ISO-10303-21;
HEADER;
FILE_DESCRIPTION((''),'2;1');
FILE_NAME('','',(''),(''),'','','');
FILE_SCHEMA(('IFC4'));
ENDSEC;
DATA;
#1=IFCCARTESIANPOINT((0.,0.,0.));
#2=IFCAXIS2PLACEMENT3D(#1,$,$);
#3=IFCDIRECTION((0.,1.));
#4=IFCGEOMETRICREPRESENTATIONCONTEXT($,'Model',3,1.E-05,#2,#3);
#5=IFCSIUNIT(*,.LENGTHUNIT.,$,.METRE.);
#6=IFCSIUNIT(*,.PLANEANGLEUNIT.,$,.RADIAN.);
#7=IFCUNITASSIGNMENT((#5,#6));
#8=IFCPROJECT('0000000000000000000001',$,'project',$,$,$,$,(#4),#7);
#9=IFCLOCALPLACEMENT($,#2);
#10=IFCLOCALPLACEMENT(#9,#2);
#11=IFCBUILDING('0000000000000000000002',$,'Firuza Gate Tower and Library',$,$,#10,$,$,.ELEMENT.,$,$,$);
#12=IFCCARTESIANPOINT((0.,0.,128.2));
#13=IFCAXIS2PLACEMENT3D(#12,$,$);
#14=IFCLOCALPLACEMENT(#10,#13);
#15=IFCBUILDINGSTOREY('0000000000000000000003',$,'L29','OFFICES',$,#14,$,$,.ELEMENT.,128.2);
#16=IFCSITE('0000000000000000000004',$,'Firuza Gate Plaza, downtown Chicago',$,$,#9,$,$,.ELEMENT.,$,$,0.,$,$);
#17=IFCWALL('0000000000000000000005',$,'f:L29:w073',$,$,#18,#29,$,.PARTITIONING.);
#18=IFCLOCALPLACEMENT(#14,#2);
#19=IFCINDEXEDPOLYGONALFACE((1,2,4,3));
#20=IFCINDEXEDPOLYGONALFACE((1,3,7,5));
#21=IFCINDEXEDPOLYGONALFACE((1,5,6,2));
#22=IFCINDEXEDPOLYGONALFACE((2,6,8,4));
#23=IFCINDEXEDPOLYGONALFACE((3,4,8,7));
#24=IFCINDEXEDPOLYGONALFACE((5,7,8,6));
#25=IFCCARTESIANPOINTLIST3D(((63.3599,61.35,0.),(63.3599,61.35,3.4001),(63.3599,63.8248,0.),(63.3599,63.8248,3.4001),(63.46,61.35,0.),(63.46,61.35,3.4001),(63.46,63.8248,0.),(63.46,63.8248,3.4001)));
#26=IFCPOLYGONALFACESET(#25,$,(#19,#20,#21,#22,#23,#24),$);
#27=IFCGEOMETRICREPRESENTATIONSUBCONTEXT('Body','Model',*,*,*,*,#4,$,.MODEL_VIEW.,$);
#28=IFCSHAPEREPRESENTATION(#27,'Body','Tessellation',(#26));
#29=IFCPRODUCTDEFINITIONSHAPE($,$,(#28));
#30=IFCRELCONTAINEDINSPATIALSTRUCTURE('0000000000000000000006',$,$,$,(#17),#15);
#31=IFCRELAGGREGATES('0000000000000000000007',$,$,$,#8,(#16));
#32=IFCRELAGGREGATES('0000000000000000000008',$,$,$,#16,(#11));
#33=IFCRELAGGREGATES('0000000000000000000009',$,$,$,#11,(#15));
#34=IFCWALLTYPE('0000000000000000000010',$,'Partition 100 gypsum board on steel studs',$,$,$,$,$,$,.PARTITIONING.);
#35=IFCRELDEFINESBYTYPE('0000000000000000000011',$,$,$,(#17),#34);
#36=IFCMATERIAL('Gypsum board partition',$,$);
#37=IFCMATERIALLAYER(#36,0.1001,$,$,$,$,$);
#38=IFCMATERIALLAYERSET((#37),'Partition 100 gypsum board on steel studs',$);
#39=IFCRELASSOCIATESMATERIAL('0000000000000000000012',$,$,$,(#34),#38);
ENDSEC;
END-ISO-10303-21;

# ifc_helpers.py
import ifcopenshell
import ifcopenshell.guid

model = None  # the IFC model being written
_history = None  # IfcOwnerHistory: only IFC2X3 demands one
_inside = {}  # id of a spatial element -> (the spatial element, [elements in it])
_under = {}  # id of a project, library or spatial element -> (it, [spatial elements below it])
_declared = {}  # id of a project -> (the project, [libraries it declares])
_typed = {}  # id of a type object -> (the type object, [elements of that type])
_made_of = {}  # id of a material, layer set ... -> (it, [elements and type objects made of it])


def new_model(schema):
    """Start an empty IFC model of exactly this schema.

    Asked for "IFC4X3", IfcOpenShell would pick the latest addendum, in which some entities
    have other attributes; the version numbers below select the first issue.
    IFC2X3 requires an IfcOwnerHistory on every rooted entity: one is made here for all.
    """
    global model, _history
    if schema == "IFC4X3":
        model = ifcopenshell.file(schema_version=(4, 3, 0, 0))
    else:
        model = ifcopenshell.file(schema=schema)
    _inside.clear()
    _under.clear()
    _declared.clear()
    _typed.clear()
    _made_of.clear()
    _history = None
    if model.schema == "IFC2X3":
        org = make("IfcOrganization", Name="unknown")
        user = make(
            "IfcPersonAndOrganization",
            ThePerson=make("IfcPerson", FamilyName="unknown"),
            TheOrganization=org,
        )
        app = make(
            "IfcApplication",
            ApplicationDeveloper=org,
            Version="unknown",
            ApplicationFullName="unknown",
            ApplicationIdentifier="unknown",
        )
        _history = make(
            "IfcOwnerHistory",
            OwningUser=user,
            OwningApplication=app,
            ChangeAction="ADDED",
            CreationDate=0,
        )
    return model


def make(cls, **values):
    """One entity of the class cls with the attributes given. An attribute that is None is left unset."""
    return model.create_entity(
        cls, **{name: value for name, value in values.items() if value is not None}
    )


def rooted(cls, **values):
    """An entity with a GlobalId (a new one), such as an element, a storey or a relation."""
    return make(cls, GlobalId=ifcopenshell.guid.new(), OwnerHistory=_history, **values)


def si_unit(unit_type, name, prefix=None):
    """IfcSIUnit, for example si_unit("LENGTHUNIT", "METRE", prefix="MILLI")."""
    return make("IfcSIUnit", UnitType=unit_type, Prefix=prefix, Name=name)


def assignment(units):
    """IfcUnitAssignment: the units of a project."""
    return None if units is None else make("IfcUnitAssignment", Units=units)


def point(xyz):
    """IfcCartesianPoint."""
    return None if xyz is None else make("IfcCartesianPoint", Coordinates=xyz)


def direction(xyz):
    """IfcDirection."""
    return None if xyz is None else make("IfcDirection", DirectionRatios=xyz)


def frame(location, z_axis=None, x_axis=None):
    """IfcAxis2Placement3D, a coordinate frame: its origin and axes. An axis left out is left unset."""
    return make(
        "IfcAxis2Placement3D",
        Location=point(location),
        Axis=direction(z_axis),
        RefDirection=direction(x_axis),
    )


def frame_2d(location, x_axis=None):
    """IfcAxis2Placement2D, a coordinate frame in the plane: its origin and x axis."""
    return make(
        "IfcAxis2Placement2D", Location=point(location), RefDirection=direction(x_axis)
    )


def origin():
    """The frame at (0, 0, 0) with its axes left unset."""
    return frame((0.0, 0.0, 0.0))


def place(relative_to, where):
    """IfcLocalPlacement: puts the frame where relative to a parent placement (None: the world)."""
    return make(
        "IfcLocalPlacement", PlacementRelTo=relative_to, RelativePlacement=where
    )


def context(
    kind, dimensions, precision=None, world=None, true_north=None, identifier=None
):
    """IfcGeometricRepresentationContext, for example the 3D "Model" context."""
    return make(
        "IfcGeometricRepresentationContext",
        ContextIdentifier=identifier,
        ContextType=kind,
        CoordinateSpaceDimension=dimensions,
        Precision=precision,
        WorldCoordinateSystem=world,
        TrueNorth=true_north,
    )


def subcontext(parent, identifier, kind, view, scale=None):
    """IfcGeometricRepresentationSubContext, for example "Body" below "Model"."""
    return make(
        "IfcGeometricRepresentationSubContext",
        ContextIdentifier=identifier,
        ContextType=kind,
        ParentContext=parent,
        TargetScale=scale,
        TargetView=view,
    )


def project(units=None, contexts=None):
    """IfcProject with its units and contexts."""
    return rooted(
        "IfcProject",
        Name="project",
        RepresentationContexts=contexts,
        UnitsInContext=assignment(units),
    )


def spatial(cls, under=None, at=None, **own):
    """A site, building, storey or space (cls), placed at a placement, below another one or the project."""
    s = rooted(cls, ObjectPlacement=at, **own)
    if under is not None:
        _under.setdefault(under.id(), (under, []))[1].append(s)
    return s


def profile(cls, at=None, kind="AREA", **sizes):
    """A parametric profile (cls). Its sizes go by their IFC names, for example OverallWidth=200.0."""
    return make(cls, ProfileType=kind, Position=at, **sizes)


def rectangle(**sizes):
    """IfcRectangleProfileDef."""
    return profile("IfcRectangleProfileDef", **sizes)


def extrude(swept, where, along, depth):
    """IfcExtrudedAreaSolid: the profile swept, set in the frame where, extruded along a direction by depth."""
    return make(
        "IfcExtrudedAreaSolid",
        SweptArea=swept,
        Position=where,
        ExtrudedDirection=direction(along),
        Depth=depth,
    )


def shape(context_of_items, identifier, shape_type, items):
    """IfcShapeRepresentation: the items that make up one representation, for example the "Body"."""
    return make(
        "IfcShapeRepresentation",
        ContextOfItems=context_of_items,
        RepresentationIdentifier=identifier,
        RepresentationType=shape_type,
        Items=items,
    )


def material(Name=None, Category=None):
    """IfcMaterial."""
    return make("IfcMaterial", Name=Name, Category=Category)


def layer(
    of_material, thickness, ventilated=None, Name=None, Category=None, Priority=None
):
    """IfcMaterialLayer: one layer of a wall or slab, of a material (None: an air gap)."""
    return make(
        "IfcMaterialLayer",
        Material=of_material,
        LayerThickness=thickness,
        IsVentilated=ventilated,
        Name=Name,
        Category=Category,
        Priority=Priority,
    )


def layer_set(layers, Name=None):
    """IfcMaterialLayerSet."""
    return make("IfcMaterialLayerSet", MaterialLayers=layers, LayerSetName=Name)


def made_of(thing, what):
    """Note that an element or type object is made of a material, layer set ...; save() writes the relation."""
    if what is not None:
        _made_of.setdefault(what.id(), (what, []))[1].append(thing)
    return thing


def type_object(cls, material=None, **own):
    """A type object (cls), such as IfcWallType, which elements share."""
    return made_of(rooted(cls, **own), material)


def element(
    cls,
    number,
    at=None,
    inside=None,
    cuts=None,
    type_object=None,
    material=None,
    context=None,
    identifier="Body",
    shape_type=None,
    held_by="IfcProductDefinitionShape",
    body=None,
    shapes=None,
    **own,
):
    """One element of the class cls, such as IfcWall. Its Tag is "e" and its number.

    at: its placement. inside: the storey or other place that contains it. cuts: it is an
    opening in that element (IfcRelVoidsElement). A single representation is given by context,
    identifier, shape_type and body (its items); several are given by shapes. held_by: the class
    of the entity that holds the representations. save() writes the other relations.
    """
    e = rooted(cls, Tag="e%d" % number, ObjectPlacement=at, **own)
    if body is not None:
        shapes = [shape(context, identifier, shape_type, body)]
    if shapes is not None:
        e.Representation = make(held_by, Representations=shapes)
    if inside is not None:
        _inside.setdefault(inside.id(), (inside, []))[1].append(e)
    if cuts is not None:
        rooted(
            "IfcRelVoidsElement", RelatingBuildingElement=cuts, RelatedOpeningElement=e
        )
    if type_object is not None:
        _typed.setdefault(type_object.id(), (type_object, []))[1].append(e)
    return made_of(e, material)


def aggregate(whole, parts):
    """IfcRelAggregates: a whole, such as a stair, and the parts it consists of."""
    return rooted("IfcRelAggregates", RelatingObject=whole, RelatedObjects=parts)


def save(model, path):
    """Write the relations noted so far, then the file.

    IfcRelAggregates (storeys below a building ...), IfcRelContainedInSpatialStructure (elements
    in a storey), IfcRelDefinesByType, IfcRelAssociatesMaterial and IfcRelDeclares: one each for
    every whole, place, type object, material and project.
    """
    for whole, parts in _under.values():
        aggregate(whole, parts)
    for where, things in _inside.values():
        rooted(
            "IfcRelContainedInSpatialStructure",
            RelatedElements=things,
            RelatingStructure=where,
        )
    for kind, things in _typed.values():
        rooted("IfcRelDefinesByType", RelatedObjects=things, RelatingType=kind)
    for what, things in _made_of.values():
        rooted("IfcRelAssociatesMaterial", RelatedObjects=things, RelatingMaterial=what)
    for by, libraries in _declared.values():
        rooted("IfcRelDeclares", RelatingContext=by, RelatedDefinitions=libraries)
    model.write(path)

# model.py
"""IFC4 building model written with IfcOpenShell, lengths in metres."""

from ifc_helpers import new_model, si_unit, direction, frame, frame_2d, origin, place, context, subcontext, project, spatial, rectangle, extrude, material, layer, layer_set, type_object, element, save


model = new_model("IFC4")

# Units and contexts
model_context = context("Model", 3, precision=1e-05, world=origin(), true_north=direction((0.0, 1.0)))
body_context = subcontext(model_context, "Body", "Model", "MODEL_VIEW")
ifc_project = project(units=[si_unit("LENGTHUNIT", "METRE"), si_unit("PLANEANGLEUNIT", "RADIAN")], contexts=[model_context])

# Site, building, storey
site_placement = place(None, origin())
site = spatial("IfcSite", under=ifc_project, at=site_placement, Name="Firuza Gate Plaza, downtown Chicago", CompositionType="ELEMENT", RefElevation=0.0)
building_placement = place(site_placement, origin())
building = spatial("IfcBuilding", under=site, at=building_placement, Name="Firuza Gate Tower and Library", CompositionType="ELEMENT")
storey_placement = place(building_placement, frame((0.0, 0.0, 128.2)))
storey = spatial("IfcBuildingStorey", under=building, at=storey_placement, Name="L29", Description="OFFICES", CompositionType="ELEMENT", Elevation=128.2)

# Shared definitions
ifc_material_1 = material(Name="Gypsum board partition")
ifc_layer_1 = layer(ifc_material_1, 0.1001)
ifc_layer_set_1 = layer_set([ifc_layer_1], Name="Partition 100 gypsum board on steel studs")
wall_type_1 = type_object("IfcWallType", Name="Partition 100 gypsum board on steel studs", PredefinedType="PARTITIONING", material=ifc_layer_set_1)

# Wall
wall_1_placement = place(storey_placement, frame((63.4099, 61.3501, 0.0), z_axis=(0.0, 0.0, 1.0), x_axis=(0.0, 1.0, 0.0)))
element("IfcWall", 1, at=wall_1_placement, inside=storey, type_object=wall_type_1, Name="f:L29:w073", PredefinedType="PARTITIONING", context=body_context, shape_type="SweptSolid", body=[
    extrude(rectangle(XDim=2.4749, YDim=0.1001, at=frame_2d((1.2373, 0.0))), origin(), (0.0, 0.0, 1.0), 3.4001),
])

save(model, "model.ifc")
